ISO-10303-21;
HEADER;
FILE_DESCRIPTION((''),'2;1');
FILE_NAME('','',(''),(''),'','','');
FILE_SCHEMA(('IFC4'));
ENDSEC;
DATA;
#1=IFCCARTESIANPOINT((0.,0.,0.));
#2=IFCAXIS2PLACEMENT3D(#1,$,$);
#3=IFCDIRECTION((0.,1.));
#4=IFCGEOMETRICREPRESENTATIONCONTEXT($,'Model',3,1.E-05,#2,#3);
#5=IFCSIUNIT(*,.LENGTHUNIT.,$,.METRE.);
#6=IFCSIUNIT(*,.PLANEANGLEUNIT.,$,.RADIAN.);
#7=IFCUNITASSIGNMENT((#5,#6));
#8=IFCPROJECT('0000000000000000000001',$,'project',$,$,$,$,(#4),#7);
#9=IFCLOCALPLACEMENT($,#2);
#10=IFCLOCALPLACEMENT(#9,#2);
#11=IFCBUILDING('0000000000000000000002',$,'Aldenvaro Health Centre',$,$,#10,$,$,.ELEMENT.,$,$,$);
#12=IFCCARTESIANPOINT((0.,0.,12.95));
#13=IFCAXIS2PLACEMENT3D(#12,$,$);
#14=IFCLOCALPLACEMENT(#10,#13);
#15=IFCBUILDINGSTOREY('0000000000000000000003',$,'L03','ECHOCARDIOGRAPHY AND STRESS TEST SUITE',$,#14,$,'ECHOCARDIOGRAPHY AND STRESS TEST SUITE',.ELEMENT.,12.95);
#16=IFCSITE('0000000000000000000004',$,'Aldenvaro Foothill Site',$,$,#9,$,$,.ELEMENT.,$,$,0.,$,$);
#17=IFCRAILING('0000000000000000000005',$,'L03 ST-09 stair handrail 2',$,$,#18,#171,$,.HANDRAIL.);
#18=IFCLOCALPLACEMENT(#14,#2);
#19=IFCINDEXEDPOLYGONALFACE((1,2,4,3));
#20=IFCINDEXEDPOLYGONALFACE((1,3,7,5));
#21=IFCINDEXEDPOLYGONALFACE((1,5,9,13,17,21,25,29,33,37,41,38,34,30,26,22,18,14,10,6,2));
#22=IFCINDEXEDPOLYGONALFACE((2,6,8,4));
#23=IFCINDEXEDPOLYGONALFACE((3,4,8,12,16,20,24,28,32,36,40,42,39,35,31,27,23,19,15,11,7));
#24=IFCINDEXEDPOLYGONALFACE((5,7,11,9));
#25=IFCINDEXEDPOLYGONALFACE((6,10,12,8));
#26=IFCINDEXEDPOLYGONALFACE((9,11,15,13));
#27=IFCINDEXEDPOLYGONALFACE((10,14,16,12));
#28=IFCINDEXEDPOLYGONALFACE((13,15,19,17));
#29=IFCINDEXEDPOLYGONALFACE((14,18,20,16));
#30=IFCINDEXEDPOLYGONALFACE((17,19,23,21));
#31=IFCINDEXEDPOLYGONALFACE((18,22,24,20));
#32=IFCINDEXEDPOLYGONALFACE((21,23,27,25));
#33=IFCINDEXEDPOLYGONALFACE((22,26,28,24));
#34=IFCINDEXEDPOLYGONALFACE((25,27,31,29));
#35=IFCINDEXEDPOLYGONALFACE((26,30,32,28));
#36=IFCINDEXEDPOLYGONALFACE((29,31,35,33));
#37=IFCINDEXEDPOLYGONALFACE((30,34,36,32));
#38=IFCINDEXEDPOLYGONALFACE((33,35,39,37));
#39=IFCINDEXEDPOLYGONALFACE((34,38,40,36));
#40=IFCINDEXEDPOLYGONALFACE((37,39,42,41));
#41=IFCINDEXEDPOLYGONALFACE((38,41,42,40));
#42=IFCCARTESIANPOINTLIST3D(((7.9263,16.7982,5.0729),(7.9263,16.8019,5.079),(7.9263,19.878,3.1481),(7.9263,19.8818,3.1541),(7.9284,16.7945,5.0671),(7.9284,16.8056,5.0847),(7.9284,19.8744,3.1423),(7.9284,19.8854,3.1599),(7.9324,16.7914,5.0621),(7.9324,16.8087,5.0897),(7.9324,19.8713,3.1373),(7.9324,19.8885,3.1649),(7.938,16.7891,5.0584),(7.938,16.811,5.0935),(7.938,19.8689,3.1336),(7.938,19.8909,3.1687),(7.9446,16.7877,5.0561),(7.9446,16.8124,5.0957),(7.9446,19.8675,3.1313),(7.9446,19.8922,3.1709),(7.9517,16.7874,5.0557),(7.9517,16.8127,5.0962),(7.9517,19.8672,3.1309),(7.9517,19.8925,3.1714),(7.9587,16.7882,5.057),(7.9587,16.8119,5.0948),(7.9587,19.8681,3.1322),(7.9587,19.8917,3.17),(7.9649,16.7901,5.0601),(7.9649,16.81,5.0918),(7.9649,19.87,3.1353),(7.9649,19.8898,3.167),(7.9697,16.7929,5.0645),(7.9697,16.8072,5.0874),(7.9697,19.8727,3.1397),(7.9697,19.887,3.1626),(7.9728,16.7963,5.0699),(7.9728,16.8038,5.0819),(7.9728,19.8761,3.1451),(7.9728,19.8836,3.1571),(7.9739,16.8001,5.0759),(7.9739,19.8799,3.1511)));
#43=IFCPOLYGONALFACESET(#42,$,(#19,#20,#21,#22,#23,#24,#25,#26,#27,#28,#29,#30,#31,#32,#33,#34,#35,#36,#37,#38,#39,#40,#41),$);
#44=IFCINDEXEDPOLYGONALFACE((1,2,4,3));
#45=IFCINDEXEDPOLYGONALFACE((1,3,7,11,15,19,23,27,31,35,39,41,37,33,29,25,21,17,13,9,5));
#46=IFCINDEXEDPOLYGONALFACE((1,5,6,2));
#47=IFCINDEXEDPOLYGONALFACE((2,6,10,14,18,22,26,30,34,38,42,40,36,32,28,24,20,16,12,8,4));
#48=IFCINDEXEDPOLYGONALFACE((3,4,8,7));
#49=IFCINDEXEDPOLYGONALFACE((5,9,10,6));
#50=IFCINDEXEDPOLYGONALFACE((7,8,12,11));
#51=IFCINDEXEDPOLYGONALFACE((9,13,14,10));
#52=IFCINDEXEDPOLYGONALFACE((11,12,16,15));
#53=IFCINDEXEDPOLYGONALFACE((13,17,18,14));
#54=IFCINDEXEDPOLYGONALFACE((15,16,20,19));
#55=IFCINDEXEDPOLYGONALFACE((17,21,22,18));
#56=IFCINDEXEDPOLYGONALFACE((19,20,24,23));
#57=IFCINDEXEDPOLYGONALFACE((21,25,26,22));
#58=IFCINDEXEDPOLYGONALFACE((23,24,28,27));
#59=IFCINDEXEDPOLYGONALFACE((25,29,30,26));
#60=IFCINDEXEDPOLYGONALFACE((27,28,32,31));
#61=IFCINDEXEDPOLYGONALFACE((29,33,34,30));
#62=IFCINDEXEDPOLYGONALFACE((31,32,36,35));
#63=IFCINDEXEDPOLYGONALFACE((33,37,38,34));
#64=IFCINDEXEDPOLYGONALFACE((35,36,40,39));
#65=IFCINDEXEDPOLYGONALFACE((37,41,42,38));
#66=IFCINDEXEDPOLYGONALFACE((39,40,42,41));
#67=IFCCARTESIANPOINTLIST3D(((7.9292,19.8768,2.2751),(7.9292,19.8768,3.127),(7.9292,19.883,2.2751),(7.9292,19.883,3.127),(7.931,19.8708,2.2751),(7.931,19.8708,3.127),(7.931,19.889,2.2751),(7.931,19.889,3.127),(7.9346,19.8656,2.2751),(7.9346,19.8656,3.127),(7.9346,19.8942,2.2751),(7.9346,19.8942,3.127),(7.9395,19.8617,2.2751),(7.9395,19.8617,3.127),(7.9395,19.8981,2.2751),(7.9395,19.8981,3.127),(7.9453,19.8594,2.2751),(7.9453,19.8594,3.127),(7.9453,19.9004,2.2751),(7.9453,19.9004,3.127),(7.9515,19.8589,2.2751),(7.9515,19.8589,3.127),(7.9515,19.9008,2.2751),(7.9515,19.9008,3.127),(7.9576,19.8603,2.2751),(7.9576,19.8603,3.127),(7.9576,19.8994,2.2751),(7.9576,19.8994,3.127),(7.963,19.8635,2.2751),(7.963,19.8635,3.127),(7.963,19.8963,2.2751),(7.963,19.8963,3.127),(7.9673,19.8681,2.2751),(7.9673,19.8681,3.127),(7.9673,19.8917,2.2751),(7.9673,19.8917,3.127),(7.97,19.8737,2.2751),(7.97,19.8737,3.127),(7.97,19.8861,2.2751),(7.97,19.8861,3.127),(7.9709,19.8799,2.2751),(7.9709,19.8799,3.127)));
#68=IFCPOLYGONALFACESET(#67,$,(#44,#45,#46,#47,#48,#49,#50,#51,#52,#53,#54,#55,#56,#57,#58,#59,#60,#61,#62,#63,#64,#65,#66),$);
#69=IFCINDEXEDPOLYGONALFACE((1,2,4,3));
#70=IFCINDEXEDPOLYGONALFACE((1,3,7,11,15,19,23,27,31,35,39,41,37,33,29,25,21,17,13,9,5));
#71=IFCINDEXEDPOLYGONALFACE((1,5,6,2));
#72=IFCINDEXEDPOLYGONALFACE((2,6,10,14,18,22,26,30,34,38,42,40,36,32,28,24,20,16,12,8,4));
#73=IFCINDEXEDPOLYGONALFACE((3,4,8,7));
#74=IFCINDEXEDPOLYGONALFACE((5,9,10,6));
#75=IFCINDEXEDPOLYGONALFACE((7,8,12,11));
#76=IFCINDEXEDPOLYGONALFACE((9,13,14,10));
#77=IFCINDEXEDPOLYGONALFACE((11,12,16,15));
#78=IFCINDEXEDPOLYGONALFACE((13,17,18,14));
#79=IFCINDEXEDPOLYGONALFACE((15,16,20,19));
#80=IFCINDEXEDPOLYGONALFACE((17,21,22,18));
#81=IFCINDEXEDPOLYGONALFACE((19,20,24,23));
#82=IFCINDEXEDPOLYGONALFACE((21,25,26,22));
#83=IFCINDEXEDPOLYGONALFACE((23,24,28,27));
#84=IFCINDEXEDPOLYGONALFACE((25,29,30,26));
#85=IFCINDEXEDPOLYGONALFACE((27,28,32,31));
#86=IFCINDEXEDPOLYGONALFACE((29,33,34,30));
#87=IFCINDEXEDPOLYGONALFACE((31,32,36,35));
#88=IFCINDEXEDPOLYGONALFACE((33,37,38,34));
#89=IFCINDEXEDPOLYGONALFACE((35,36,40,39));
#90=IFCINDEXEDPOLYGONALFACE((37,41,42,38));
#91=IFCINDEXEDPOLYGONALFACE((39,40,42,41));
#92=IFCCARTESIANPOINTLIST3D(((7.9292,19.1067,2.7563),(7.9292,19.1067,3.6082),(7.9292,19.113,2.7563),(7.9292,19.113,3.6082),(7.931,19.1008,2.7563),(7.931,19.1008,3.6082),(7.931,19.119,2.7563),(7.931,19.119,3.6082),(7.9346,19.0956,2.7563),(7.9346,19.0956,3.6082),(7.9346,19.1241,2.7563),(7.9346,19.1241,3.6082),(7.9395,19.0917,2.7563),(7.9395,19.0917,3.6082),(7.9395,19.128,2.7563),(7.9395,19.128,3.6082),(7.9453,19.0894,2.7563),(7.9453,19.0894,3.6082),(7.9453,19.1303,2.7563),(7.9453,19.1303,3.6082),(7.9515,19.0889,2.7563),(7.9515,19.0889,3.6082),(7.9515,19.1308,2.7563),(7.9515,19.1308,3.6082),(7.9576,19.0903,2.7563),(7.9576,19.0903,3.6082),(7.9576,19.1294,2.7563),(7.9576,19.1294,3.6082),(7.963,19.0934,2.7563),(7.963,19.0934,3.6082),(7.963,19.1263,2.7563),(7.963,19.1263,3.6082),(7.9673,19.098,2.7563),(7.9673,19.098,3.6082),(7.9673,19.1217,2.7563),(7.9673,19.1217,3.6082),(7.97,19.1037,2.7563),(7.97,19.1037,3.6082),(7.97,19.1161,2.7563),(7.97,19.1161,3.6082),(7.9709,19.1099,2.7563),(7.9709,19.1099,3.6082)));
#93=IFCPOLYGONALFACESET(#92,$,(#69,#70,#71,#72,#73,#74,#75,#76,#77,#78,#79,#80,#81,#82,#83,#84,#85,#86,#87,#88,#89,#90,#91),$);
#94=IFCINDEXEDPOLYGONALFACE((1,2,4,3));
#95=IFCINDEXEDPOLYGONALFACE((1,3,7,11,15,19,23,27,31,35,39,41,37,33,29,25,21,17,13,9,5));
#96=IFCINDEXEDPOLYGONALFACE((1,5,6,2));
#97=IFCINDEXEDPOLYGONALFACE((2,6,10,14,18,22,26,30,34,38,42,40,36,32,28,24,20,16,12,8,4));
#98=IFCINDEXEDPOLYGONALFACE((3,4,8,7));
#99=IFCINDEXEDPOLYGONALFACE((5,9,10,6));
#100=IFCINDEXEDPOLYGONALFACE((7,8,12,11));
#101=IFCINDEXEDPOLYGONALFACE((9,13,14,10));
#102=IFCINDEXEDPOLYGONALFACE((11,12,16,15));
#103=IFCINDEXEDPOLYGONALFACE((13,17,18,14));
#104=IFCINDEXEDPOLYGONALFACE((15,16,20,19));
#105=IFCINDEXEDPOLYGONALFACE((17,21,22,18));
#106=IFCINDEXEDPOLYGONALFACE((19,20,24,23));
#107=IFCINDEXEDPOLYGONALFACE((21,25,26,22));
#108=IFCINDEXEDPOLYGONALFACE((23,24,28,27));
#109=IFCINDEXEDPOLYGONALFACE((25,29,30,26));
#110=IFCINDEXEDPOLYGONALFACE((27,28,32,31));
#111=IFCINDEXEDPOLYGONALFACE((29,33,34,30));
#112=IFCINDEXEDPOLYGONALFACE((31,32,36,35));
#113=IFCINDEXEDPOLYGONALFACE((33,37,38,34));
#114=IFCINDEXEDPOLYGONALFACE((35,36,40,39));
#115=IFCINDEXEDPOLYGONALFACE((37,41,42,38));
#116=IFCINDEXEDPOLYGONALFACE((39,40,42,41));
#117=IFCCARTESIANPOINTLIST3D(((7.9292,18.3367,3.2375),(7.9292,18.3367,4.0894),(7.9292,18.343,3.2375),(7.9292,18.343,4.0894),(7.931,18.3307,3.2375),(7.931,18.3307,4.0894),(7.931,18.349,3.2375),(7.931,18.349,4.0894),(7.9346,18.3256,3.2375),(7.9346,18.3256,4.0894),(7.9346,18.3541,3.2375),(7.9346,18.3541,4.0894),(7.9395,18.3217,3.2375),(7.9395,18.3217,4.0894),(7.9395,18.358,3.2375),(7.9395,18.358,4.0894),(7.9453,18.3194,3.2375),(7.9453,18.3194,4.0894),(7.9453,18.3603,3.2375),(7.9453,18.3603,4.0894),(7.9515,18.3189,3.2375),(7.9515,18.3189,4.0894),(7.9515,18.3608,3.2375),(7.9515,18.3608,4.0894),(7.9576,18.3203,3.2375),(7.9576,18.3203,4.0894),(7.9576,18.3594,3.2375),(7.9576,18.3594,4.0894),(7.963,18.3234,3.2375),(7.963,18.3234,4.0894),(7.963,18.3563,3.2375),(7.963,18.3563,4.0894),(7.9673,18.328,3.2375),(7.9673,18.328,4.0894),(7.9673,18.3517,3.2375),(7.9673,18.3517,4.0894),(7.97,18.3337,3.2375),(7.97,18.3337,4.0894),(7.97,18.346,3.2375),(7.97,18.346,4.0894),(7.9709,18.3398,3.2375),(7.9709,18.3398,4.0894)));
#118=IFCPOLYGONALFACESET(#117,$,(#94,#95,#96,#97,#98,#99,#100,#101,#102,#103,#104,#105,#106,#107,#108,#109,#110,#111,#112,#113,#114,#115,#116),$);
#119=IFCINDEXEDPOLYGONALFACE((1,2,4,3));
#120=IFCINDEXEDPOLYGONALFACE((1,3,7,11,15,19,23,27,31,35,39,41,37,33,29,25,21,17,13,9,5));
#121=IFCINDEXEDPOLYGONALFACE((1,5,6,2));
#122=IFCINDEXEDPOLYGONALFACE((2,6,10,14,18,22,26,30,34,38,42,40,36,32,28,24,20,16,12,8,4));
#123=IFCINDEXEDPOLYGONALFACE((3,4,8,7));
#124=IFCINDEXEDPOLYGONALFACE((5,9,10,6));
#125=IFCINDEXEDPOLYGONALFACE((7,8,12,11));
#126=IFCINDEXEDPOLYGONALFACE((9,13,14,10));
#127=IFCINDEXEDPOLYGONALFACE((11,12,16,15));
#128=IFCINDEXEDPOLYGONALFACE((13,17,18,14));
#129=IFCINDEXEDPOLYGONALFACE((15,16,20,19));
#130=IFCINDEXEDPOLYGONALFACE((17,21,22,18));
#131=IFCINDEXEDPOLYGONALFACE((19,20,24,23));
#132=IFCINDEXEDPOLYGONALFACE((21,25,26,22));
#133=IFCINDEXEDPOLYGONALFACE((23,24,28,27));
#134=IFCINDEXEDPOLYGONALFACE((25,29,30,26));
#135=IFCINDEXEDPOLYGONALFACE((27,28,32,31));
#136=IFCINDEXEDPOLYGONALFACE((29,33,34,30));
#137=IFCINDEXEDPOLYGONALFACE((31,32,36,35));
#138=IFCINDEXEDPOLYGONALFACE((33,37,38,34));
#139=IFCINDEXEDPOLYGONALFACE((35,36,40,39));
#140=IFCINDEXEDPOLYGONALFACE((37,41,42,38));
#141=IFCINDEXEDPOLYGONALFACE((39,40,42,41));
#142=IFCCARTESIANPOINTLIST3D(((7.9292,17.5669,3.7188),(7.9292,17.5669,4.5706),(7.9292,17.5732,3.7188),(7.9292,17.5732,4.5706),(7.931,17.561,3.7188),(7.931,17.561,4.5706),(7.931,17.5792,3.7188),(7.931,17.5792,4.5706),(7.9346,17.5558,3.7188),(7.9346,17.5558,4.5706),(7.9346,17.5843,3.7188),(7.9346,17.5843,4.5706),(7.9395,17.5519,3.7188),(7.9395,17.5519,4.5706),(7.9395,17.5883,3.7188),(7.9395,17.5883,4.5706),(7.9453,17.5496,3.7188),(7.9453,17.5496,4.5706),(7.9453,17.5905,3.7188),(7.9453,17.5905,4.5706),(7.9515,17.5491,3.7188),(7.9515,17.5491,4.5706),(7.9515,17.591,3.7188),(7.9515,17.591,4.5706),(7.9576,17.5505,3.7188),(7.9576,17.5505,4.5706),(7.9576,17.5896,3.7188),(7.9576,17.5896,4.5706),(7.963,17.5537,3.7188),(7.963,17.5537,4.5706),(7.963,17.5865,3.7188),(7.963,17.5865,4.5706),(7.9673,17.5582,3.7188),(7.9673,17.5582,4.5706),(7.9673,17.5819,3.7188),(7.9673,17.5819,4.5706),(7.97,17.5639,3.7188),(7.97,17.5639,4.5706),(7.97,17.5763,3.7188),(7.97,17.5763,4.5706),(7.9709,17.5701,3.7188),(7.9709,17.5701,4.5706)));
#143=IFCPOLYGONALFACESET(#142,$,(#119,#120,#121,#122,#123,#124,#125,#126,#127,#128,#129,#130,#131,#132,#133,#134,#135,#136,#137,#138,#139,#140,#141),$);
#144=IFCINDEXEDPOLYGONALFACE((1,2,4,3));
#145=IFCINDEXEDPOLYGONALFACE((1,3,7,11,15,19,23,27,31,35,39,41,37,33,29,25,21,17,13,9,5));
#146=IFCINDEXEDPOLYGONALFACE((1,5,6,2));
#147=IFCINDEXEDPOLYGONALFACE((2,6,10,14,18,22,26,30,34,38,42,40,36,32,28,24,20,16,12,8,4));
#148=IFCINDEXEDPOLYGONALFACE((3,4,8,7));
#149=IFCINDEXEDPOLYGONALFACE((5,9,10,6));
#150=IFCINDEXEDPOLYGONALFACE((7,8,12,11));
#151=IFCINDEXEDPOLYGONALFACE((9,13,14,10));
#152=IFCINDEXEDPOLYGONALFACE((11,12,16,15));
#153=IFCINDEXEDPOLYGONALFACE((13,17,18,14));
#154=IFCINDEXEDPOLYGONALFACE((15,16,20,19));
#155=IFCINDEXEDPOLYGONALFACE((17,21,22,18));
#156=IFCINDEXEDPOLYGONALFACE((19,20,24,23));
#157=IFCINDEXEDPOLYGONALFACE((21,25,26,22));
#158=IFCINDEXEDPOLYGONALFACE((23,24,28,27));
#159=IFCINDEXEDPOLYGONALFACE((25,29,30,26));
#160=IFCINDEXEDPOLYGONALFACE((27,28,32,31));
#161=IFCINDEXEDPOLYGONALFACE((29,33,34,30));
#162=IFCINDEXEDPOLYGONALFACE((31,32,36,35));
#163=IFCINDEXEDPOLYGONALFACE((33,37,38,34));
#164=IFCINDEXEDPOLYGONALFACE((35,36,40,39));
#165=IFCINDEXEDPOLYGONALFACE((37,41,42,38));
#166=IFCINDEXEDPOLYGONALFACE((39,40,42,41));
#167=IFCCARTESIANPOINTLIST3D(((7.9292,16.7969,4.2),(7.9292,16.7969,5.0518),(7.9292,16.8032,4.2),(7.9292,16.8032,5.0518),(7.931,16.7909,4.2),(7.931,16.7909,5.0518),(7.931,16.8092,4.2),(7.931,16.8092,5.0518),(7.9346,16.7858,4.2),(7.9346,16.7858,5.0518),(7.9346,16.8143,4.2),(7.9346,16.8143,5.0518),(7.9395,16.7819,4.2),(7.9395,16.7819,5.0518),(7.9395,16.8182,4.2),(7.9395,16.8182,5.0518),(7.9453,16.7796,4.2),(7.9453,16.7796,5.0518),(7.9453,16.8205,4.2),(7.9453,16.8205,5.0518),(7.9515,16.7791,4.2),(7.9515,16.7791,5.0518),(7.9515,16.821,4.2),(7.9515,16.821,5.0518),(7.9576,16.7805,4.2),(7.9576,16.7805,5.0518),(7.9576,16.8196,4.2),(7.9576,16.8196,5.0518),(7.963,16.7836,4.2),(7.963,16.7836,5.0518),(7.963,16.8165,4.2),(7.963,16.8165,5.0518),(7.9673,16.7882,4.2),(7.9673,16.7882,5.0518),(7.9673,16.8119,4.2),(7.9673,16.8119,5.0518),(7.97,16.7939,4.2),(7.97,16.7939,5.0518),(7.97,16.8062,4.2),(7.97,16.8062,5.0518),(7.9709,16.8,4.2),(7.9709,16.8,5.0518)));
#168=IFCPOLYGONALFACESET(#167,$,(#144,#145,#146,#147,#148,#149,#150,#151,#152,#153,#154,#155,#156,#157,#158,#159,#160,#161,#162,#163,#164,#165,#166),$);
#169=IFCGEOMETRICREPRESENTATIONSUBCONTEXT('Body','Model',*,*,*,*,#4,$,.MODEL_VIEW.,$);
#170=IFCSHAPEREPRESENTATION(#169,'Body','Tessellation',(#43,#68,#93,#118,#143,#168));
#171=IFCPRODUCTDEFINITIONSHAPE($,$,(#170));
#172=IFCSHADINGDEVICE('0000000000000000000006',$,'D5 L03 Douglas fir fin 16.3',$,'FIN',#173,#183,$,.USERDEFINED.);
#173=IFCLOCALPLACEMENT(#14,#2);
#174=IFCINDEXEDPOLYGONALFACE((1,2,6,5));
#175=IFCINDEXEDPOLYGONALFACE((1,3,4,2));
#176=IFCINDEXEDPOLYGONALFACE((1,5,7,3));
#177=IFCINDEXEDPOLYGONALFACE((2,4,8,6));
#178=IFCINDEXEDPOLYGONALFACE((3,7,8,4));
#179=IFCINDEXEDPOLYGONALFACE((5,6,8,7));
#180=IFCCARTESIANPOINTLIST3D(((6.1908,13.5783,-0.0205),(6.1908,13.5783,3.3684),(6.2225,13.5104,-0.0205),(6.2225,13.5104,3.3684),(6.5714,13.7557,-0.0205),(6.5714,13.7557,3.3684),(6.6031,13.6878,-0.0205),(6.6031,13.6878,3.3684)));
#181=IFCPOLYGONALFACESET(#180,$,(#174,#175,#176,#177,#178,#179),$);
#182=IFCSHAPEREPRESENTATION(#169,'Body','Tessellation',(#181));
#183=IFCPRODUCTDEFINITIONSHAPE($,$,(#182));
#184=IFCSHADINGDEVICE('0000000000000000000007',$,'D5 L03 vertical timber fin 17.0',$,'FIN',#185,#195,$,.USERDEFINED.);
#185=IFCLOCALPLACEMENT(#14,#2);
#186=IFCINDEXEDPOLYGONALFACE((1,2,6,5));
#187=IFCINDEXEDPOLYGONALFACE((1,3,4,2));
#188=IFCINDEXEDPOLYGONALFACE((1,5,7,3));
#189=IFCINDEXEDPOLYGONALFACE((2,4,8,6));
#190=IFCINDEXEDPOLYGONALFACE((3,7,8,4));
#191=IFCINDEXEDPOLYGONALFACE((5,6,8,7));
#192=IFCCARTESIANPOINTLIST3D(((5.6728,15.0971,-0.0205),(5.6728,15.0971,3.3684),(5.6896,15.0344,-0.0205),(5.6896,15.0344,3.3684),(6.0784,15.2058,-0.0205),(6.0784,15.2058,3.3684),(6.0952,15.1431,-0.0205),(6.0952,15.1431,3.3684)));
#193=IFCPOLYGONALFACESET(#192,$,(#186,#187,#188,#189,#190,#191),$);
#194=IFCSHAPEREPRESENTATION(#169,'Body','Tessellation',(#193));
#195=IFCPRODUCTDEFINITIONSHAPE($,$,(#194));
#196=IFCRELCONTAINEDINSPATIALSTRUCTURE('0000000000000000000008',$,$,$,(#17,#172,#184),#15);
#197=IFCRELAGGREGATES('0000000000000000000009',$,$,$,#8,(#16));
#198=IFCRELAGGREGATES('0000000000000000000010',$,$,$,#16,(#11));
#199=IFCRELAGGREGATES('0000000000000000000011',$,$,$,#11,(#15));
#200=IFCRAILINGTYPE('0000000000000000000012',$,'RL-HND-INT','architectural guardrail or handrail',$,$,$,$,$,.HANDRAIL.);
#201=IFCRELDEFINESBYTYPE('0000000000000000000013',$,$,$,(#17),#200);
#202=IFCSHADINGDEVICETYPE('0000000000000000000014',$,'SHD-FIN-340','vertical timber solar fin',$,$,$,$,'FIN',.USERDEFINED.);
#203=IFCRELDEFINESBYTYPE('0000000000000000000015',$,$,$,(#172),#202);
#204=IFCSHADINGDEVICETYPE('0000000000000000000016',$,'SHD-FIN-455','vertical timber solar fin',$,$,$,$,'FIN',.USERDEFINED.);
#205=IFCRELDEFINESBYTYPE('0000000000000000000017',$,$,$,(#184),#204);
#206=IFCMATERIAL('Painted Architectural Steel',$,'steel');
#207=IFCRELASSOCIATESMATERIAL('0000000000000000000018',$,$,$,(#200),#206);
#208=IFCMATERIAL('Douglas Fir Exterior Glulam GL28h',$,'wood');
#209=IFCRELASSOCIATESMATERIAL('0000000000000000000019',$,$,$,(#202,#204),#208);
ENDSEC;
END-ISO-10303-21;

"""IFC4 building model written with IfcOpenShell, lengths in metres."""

from ifc_helpers import new_model, si_unit, direction, frame, origin, origin_2d, place, context, subcontext, project, spatial, rectangle, circle, extrude, material, type_object, element, save


model = new_model("IFC4")

# Units and contexts
model_context = context("Model", 3, precision=1e-05, world=origin(), true_north=direction((0.0, 1.0)))
body_context = subcontext(model_context, "Body", "Model", "MODEL_VIEW")
ifc_project = project(units=[si_unit("LENGTHUNIT", "METRE"), si_unit("PLANEANGLEUNIT", "RADIAN")], contexts=[model_context])

# Site, building, storey
site_placement = place(None, origin())
site = spatial("IfcSite", under=ifc_project, at=site_placement, Name="Aldenvaro Foothill Site", CompositionType="ELEMENT", RefElevation=0.0)
building_placement = place(site_placement, origin())
building = spatial("IfcBuilding", under=site, at=building_placement, Name="Aldenvaro Health Centre", CompositionType="ELEMENT")
storey_placement = place(building_placement, frame((0.0, 0.0, 12.95)))
storey = spatial("IfcBuildingStorey", under=building, at=storey_placement, Name="L03", Description="ECHOCARDIOGRAPHY AND STRESS TEST SUITE", LongName="ECHOCARDIOGRAPHY AND STRESS TEST SUITE", CompositionType="ELEMENT", Elevation=12.95)

# Railing
ifc_material_1 = material(Name="Painted Architectural Steel", Category="steel")
railing_type_1 = type_object("IfcRailingType", Name="RL-HND-INT", Description="architectural guardrail or handrail", PredefinedType="HANDRAIL", material=ifc_material_1)
railing_1_placement = place(storey_placement, frame((7.95, 19.8799, 2.2751)))
element("IfcRailing", 1, at=railing_1_placement, inside=storey, type_object=railing_type_1, Name="L03 ST-09 stair handrail 2", PredefinedType="HANDRAIL", context=body_context, shape_type="SweptSolid", body=[
    extrude(circle(Radius=0.0239, at=origin_2d()), frame((0.0, 0.0, 0.876), z_axis=(0.0, -0.84801, 0.529981), x_axis=(1.0, 0.0, 0.0)), (0.0, 0.0, 1.0), 3.6318),
    extrude(circle(Radius=0.021, at=origin_2d()), origin(), (0.0, 0.0, 1.0), 0.8518),
    extrude(circle(Radius=0.021, at=origin_2d()), frame((0.0, -0.77, 0.4812)), (0.0, 0.0, 1.0), 0.8518),
    extrude(circle(Radius=0.021, at=origin_2d()), frame((0.0, -1.54, 0.9624)), (0.0, 0.0, 1.0), 0.8518),
    extrude(circle(Radius=0.021, at=origin_2d()), frame((0.0, -2.3098, 1.4436)), (0.0, 0.0, 1.0), 0.8518),
    extrude(circle(Radius=0.021, at=origin_2d()), frame((0.0, -3.0798, 1.9248)), (0.0, 0.0, 1.0), 0.8518),
])

# Shading devices
ifc_material_2 = material(Name="Douglas Fir Exterior Glulam GL28h", Category="wood")
shading_device_type_1 = type_object("IfcShadingDeviceType", Name="SHD-FIN-340", Description="vertical timber solar fin", ElementType="FIN", PredefinedType="USERDEFINED", material=ifc_material_2)
shading_device_1_placement = place(storey_placement, frame((6.397, 13.6331, -0.0205), z_axis=(0.0, 0.0, 1.0), x_axis=(-0.422496, 0.906365, 0.0)))
element("IfcShadingDevice", 2, at=shading_device_1_placement, inside=storey, type_object=shading_device_type_1, Name="D5 L03 Douglas fir fin 16.3", ObjectType="FIN", PredefinedType="USERDEFINED", context=body_context, shape_type="SweptSolid", body=[
    extrude(rectangle(XDim=0.075, YDim=0.4199, at=origin_2d()), origin(), (0.0, 0.0, 1.0), 3.3889),
])
shading_device_type_2 = type_object("IfcShadingDeviceType", Name="SHD-FIN-455", Description="vertical timber solar fin", ElementType="FIN", PredefinedType="USERDEFINED", material=ifc_material_2)
shading_device_2_placement = place(storey_placement, frame((5.884, 15.1201, -0.0205), z_axis=(0.0, 0.0, 1.0), x_axis=(-0.258825, 0.965924, 0.0)))
element("IfcShadingDevice", 3, at=shading_device_2_placement, inside=storey, type_object=shading_device_type_2, Name="D5 L03 vertical timber fin 17.0", ObjectType="FIN", PredefinedType="USERDEFINED", context=body_context, shape_type="SweptSolid", body=[
    extrude(rectangle(XDim=0.0649, YDim=0.4199, at=origin_2d()), origin(), (0.0, 0.0, 1.0), 3.3889),
])

save(model, "model.ifc")
